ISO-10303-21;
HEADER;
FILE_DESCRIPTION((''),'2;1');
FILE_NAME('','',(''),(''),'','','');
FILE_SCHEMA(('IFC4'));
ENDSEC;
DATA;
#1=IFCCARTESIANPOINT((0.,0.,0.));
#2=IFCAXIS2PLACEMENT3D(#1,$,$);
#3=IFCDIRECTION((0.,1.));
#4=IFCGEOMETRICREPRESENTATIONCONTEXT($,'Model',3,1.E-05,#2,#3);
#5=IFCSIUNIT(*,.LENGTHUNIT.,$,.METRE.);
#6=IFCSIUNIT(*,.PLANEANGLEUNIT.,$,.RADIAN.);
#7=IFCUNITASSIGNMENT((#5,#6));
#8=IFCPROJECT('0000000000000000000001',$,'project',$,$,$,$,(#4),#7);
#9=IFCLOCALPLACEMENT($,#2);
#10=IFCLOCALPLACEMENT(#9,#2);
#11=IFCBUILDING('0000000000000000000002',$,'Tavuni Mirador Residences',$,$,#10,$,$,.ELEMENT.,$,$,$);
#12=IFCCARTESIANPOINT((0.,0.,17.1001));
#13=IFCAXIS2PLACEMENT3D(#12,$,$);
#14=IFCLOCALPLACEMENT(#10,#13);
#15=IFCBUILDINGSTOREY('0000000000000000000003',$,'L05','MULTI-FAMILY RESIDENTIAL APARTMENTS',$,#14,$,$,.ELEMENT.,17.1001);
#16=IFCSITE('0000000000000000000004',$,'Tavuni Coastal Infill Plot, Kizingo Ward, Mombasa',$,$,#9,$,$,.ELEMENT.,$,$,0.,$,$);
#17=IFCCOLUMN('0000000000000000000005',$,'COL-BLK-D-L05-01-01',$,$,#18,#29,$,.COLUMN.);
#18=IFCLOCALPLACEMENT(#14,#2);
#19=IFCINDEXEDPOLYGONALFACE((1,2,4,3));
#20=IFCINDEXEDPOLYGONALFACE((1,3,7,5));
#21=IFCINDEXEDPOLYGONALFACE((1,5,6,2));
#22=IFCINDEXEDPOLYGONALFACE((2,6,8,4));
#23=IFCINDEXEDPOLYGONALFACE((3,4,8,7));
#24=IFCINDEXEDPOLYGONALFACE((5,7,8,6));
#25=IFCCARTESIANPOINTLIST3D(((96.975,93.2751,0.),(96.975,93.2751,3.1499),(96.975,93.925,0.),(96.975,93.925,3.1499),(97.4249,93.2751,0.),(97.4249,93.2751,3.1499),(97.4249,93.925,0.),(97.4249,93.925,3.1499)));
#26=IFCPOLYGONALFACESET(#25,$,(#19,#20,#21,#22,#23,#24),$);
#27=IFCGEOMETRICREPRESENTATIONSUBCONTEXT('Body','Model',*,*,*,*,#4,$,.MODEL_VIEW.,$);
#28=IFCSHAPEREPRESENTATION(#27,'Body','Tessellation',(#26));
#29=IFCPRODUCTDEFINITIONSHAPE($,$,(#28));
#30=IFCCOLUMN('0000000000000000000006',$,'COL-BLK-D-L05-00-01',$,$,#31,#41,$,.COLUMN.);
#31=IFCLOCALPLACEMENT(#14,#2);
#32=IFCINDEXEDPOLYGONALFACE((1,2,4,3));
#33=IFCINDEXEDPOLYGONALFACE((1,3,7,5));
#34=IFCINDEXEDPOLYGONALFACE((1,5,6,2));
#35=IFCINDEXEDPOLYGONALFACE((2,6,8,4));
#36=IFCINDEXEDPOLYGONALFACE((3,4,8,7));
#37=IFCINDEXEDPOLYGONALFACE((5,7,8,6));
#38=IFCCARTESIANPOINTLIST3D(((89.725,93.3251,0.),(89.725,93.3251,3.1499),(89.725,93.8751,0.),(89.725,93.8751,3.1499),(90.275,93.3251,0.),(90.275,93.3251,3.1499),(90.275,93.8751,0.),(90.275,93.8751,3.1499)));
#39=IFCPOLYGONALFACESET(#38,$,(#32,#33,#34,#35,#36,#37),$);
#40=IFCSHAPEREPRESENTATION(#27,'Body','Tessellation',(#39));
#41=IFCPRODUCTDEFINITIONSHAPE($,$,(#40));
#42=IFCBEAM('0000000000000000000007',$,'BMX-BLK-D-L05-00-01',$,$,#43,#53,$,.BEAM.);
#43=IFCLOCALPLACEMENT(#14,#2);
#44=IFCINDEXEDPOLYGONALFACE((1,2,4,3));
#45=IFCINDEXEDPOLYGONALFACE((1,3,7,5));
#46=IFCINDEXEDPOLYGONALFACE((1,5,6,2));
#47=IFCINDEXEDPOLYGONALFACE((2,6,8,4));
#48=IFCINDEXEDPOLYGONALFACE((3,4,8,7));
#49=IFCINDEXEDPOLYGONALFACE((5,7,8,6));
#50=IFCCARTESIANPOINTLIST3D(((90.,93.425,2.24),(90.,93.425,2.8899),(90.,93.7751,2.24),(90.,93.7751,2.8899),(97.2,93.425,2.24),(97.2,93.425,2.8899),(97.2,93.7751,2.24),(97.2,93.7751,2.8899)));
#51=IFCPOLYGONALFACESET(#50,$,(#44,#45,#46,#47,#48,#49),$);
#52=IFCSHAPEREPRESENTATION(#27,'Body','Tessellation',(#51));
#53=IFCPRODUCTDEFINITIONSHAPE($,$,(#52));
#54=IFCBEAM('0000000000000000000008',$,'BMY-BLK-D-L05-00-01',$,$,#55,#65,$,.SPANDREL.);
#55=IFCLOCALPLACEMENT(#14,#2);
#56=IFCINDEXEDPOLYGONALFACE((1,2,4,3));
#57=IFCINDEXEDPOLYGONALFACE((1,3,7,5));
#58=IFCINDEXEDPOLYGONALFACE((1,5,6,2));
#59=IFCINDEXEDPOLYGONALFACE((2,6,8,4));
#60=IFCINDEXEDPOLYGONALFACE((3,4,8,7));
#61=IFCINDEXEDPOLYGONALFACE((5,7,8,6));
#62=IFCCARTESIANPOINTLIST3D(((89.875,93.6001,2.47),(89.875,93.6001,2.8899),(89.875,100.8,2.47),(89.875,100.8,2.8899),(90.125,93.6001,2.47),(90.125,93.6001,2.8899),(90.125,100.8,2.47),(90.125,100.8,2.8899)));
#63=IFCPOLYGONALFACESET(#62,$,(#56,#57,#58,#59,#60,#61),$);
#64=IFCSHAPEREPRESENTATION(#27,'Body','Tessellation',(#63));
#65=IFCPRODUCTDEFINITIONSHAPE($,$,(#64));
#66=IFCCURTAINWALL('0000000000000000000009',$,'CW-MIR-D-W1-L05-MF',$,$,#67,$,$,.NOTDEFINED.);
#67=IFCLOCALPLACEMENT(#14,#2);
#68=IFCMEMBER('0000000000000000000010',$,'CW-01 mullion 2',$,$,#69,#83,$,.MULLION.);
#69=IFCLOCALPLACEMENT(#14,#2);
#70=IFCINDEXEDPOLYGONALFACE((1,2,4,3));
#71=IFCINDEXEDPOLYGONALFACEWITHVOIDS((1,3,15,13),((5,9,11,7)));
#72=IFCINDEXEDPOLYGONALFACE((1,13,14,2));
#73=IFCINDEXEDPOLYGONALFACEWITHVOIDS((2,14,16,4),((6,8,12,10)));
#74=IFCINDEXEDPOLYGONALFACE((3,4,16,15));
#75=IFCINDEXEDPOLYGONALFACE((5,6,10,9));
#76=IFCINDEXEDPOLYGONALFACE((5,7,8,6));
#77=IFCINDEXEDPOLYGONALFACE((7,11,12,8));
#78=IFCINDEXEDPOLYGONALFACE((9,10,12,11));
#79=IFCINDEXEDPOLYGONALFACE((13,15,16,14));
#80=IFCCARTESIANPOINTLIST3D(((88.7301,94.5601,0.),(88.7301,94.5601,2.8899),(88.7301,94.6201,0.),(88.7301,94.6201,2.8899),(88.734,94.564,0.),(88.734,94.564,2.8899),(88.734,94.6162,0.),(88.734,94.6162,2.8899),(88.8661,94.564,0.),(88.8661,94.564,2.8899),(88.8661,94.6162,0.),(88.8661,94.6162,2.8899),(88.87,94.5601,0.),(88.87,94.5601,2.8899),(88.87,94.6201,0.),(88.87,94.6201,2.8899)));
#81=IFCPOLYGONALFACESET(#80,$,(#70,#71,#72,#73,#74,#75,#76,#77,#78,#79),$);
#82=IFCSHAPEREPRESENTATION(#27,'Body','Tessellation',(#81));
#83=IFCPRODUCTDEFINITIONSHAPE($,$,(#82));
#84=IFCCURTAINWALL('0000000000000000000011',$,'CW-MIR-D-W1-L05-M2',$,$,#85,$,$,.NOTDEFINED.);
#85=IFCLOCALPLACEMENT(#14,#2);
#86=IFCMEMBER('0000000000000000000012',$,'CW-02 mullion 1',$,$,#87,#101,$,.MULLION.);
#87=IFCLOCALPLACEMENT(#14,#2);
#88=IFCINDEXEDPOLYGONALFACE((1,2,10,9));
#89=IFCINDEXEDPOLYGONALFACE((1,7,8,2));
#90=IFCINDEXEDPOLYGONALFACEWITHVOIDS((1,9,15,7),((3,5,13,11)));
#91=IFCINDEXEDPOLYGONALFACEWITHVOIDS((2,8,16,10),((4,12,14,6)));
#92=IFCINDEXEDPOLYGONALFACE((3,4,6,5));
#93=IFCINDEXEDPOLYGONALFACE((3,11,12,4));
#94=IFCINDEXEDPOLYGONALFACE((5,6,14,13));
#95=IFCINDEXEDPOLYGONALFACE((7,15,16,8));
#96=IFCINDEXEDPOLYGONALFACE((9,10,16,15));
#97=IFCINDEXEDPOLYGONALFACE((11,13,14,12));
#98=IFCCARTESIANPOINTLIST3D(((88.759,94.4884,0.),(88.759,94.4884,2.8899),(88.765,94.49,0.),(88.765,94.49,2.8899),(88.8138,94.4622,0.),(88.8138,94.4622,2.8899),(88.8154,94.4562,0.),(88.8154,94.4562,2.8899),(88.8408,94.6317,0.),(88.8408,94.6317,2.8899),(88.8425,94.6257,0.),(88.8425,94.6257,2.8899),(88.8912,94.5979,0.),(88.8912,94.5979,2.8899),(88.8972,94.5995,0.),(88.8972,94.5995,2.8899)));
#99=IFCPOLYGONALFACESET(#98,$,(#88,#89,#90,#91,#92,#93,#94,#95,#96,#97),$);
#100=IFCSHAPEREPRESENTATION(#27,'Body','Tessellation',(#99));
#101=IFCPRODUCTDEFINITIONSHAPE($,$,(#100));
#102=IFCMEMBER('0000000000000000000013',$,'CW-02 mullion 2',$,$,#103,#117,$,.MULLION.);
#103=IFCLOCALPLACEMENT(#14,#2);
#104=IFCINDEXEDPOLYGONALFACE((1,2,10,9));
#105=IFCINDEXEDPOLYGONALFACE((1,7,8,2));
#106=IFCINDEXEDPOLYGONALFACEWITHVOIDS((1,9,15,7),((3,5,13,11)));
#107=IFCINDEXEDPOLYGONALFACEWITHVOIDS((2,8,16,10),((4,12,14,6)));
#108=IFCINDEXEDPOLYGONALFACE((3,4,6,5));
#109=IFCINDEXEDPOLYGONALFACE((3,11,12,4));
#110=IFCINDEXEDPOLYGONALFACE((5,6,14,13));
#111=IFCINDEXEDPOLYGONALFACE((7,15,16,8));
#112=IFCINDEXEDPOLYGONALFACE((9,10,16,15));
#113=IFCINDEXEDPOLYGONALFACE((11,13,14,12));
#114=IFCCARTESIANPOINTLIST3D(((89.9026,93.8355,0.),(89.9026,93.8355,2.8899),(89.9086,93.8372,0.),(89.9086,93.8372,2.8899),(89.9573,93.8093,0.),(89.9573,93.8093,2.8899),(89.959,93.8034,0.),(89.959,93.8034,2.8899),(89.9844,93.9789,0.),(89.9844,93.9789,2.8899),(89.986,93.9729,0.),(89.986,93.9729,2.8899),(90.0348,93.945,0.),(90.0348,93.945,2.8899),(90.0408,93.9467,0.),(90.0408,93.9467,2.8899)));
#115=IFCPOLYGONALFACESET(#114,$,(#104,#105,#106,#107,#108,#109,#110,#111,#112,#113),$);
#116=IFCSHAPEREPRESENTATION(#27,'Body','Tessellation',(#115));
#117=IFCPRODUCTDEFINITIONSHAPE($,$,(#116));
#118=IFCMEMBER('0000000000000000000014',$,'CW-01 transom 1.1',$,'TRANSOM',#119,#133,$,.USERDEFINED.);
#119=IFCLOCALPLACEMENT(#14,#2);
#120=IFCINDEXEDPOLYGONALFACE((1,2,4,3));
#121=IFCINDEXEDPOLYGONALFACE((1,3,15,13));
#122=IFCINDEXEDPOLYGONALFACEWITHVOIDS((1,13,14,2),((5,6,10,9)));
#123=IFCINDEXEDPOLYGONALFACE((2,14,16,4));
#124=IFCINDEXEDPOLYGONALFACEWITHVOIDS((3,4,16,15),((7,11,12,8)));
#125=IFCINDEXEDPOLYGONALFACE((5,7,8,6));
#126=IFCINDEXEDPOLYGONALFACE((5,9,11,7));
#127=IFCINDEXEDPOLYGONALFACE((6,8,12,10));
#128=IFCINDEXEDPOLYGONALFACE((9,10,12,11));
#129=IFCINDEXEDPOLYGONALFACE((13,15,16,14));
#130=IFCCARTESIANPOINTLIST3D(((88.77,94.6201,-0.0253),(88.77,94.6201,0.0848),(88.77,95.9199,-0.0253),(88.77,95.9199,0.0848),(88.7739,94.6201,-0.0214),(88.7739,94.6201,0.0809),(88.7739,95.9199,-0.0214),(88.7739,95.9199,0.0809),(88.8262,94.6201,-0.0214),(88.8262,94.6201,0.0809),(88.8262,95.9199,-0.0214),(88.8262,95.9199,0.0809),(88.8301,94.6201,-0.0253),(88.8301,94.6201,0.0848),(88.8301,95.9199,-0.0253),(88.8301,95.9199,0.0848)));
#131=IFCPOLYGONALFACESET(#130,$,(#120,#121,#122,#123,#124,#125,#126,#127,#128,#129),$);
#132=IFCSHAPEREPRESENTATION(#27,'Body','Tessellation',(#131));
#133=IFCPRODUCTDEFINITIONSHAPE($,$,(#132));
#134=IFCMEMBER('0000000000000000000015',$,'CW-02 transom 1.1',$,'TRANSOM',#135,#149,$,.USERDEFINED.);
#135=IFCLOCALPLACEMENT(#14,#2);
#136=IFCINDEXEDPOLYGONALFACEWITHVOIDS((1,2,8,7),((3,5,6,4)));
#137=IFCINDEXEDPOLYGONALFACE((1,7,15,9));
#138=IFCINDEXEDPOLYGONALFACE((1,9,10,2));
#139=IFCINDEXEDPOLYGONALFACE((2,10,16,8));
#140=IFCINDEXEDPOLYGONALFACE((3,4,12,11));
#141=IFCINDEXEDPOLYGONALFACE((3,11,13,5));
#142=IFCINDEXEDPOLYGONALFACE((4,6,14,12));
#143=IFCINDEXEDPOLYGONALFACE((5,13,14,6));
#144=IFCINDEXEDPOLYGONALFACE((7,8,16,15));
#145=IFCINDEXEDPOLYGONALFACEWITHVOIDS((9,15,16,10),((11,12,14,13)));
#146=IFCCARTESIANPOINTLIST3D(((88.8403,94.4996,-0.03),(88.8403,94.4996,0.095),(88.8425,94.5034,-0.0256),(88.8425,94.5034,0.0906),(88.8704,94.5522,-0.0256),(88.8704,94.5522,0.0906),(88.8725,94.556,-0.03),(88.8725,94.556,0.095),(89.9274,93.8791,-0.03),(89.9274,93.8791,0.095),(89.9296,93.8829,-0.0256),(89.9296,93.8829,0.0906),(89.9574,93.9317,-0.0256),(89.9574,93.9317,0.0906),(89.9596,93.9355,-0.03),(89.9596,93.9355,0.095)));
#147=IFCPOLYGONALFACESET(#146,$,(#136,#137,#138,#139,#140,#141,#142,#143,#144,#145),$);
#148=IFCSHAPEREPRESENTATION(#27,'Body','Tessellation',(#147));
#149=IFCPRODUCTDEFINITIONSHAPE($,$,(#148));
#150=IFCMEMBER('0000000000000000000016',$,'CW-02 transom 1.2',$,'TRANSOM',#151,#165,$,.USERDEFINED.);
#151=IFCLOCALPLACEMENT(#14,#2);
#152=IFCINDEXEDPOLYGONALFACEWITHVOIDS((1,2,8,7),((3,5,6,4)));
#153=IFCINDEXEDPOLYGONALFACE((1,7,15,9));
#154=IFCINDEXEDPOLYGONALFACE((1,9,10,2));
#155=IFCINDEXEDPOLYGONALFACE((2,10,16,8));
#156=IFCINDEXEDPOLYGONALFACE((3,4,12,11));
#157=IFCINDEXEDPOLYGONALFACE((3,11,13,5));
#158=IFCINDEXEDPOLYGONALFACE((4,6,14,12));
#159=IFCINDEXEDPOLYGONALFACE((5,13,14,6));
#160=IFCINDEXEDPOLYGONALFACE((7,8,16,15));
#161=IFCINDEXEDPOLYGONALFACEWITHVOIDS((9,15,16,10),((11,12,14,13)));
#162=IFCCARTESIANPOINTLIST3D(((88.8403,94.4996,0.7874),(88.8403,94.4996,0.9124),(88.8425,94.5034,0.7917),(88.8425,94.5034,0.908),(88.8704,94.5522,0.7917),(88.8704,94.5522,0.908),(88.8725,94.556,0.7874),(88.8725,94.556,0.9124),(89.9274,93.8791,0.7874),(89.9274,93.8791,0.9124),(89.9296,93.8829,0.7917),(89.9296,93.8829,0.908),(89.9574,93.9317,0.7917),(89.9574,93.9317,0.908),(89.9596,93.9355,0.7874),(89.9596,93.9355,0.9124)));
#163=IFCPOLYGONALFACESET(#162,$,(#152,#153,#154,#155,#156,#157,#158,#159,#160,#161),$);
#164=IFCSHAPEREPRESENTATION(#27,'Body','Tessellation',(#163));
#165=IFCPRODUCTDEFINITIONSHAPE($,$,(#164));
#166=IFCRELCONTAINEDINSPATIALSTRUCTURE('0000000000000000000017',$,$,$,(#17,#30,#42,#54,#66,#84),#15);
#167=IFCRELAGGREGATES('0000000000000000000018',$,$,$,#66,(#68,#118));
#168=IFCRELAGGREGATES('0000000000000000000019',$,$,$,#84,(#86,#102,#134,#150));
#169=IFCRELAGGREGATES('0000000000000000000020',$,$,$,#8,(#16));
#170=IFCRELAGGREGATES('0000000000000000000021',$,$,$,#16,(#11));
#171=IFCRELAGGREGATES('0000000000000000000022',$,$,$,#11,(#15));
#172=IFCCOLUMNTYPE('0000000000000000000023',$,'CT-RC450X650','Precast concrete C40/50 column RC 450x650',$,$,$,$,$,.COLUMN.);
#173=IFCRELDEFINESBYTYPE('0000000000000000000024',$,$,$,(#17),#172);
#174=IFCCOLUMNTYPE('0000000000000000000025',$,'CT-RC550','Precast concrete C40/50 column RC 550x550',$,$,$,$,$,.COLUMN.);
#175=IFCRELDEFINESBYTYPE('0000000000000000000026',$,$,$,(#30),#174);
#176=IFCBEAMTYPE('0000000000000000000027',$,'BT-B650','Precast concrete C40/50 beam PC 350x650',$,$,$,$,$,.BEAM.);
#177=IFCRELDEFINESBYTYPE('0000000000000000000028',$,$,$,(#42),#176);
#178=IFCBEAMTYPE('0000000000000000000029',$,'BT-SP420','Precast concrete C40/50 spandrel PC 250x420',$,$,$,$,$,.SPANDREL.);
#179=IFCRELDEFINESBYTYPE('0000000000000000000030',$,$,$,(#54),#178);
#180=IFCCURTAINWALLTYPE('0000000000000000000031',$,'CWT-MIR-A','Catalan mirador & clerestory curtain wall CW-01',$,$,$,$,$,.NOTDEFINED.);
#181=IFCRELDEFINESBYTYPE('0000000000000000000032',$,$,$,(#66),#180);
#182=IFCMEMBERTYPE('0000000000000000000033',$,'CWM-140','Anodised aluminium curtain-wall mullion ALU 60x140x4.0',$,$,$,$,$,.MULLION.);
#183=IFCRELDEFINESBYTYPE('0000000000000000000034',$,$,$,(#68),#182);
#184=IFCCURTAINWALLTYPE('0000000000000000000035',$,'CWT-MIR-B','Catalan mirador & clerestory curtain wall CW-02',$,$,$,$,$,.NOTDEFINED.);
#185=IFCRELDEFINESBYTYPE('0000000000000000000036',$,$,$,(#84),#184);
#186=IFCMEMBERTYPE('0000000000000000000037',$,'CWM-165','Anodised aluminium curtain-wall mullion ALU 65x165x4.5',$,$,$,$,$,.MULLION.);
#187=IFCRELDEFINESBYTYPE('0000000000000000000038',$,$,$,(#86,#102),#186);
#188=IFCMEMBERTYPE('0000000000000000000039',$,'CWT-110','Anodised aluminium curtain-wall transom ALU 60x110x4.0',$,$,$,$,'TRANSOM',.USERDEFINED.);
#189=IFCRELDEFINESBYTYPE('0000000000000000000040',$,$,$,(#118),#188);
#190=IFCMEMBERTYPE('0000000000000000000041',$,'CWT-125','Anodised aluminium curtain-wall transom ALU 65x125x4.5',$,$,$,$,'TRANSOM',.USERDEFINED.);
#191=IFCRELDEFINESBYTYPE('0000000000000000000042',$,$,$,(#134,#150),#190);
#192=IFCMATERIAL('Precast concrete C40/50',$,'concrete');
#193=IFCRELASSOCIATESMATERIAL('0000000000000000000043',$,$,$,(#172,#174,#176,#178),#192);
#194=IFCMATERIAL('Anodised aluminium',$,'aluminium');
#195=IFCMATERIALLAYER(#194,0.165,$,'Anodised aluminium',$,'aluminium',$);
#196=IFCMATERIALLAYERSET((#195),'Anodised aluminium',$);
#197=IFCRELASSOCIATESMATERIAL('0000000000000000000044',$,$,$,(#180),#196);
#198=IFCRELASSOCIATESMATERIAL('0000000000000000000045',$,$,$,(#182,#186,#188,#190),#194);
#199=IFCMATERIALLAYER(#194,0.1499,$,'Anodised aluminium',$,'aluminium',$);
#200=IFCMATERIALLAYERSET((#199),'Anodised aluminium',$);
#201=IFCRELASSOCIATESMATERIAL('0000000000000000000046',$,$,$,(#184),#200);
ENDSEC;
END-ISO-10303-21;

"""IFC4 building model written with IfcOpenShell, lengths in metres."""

from ifc_helpers import new_model, si_unit, direction, frame, origin, origin_2d, place, context, subcontext, project, spatial, rectangle, hollow_rectangle, extrude, material, layer, layer_set, material_profile, profile_set, type_object, element, aggregate, save


model = new_model("IFC4")

# Units and contexts
model_context = context("Model", 3, precision=1e-05, world=origin(), true_north=direction((0.0, 1.0)))
body_context = subcontext(model_context, "Body", "Model", "MODEL_VIEW")
ifc_project = project(units=[si_unit("LENGTHUNIT", "METRE"), si_unit("PLANEANGLEUNIT", "RADIAN")], contexts=[model_context])

# Site, building, storey
site_placement = place(None, origin())
site = spatial("IfcSite", under=ifc_project, at=site_placement, Name="Tavuni Coastal Infill Plot, Kizingo Ward, Mombasa", CompositionType="ELEMENT", RefElevation=0.0)
building_placement = place(site_placement, origin())
building = spatial("IfcBuilding", under=site, at=building_placement, Name="Tavuni Mirador Residences", CompositionType="ELEMENT")
storey_placement = place(building_placement, frame((0.0, 0.0, 17.1001)))
storey = spatial("IfcBuildingStorey", under=building, at=storey_placement, Name="L05", Description="MULTI-FAMILY RESIDENTIAL APARTMENTS", CompositionType="ELEMENT", Elevation=17.1001)

# Columns
ifc_material_1 = material(Name="Precast concrete C40/50", Category="concrete")
ifc_material_profile_1 = material_profile(ifc_material_1, rectangle(XDim=0.45, YDim=0.6499, at=origin_2d()), Name="RC 450x650", Category="concrete")
ifc_profile_set_1 = profile_set([ifc_material_profile_1], Name="Precast concrete C40/50")
column_type_1 = type_object("IfcColumnType", Name="CT-RC450X650", Description="Precast concrete C40/50 column RC 450x650", PredefinedType="COLUMN", material=ifc_profile_set_1)
column_1_placement = place(storey_placement, frame((97.2, 93.6001, 0.0), z_axis=(0.0, 0.0, 1.0), x_axis=(1.0, 0.0, 0.0)))
element("IfcColumn", 1, at=column_1_placement, inside=storey, type_object=column_type_1, Name="COL-BLK-D-L05-01-01", PredefinedType="COLUMN", context=body_context, shape_type="SweptSolid", body=[
    extrude(rectangle(XDim=0.45, YDim=0.6499, at=origin_2d()), origin(), (0.0, 0.0, 1.0), 3.1499),
])
ifc_material_profile_2 = material_profile(ifc_material_1, rectangle(XDim=0.55, YDim=0.55, at=origin_2d()), Name="RC 550x550", Category="concrete")
ifc_profile_set_2 = profile_set([ifc_material_profile_2], Name="Precast concrete C40/50")
column_type_2 = type_object("IfcColumnType", Name="CT-RC550", Description="Precast concrete C40/50 column RC 550x550", PredefinedType="COLUMN", material=ifc_profile_set_2)
column_2_placement = place(storey_placement, frame((90.0, 93.6001, 0.0), z_axis=(0.0, 0.0, 1.0), x_axis=(1.0, 0.0, 0.0)))
element("IfcColumn", 2, at=column_2_placement, inside=storey, type_object=column_type_2, Name="COL-BLK-D-L05-00-01", PredefinedType="COLUMN", context=body_context, shape_type="SweptSolid", body=[
    extrude(rectangle(XDim=0.55, YDim=0.55, at=origin_2d()), origin(), (0.0, 0.0, 1.0), 3.1499),
])

# Beams
ifc_material_profile_3 = material_profile(ifc_material_1, rectangle(XDim=0.3501, YDim=0.6499, at=origin_2d()), Name="PC 350x650", Category="concrete")
ifc_profile_set_3 = profile_set([ifc_material_profile_3], Name="Precast concrete C40/50")
beam_type_1 = type_object("IfcBeamType", Name="BT-B650", Description="Precast concrete C40/50 beam PC 350x650", PredefinedType="BEAM", material=ifc_profile_set_3)
beam_1_placement = place(storey_placement, frame((90.0, 93.6001, 2.5649), z_axis=(1.0, 0.0, 0.0), x_axis=(0.0, 1.0, 0.0)))
element("IfcBeam", 3, at=beam_1_placement, inside=storey, type_object=beam_type_1, Name="BMX-BLK-D-L05-00-01", PredefinedType="BEAM", context=body_context, shape_type="SweptSolid", body=[
    extrude(rectangle(XDim=0.3501, YDim=0.6499, at=origin_2d()), origin(), (0.0, 0.0, 1.0), 7.2),
])
ifc_material_profile_4 = material_profile(ifc_material_1, rectangle(XDim=0.25, YDim=0.4199, at=origin_2d()), Name="PC 250x420", Category="concrete")
ifc_profile_set_4 = profile_set([ifc_material_profile_4], Name="Precast concrete C40/50")
beam_type_2 = type_object("IfcBeamType", Name="BT-SP420", Description="Precast concrete C40/50 spandrel PC 250x420", PredefinedType="SPANDREL", material=ifc_profile_set_4)
beam_2_placement = place(storey_placement, frame((90.0, 93.6001, 2.6799), z_axis=(0.0, 1.0, 0.0), x_axis=(-1.0, 0.0, 0.0)))
element("IfcBeam", 4, at=beam_2_placement, inside=storey, type_object=beam_type_2, Name="BMY-BLK-D-L05-00-01", PredefinedType="SPANDREL", context=body_context, shape_type="SweptSolid", body=[
    extrude(rectangle(XDim=0.25, YDim=0.4199, at=origin_2d()), origin(), (0.0, 0.0, 1.0), 7.2),
])

# Curtain wall, member
ifc_material_2 = material(Name="Anodised aluminium", Category="aluminium")
ifc_layer_1 = layer(ifc_material_2, 0.165, Name="Anodised aluminium", Category="aluminium")
ifc_layer_set_1 = layer_set([ifc_layer_1], Name="Anodised aluminium")
curtain_wall_type_1 = type_object("IfcCurtainWallType", Name="CWT-MIR-A", Description="Catalan mirador & clerestory curtain wall CW-01", PredefinedType="NOTDEFINED", material=ifc_layer_set_1)
curtain_wall_1_placement = place(storey_placement, origin())
curtain_wall_1 = element("IfcCurtainWall", 5, at=curtain_wall_1_placement, inside=storey, type_object=curtain_wall_type_1, Name="CW-MIR-D-W1-L05-MF", PredefinedType="NOTDEFINED")
ifc_material_profile_5 = material_profile(ifc_material_2, hollow_rectangle(XDim=0.0601, YDim=0.1399, WallThickness=0.0039, at=origin_2d()), Name="ALU 60x140x4.0", Category="aluminium")
ifc_profile_set_5 = profile_set([ifc_material_profile_5], Name="Anodised aluminium")
member_type_1 = type_object("IfcMemberType", Name="CWM-140", Description="Anodised aluminium curtain-wall mullion ALU 60x140x4.0", PredefinedType="MULLION", material=ifc_profile_set_5)
member_1_placement = place(storey_placement, frame((88.8, 94.5901, 0.0), z_axis=(0.0, 0.0, 1.0), x_axis=(0.0, -1.0, 0.0)))
member_1 = element("IfcMember", 6, at=member_1_placement, type_object=member_type_1, Name="CW-01 mullion 2", PredefinedType="MULLION", context=body_context, shape_type="SweptSolid", body=[
    extrude(hollow_rectangle(XDim=0.0601, YDim=0.1399, WallThickness=0.0039, at=origin_2d()), origin(), (0.0, 0.0, 1.0), 2.8899),
])

# Curtain wall, members
ifc_layer_2 = layer(ifc_material_2, 0.1499, Name="Anodised aluminium", Category="aluminium")
ifc_layer_set_2 = layer_set([ifc_layer_2], Name="Anodised aluminium")
curtain_wall_type_2 = type_object("IfcCurtainWallType", Name="CWT-MIR-B", Description="Catalan mirador & clerestory curtain wall CW-02", PredefinedType="NOTDEFINED", material=ifc_layer_set_2)
curtain_wall_2_placement = place(storey_placement, origin())
curtain_wall_2 = element("IfcCurtainWall", 7, at=curtain_wall_2_placement, inside=storey, type_object=curtain_wall_type_2, Name="CW-MIR-D-W1-L05-M2", PredefinedType="NOTDEFINED")
ifc_material_profile_6 = material_profile(ifc_material_2, hollow_rectangle(XDim=0.0649, YDim=0.165, WallThickness=0.0044, at=origin_2d()), Name="ALU 65x165x4.5", Category="aluminium")
ifc_profile_set_6 = profile_set([ifc_material_profile_6], Name="Anodised aluminium")
member_type_2 = type_object("IfcMemberType", Name="CWM-165", Description="Anodised aluminium curtain-wall mullion ALU 65x165x4.5", PredefinedType="MULLION", material=ifc_profile_set_6)
member_2_placement = place(storey_placement, frame((88.8281, 94.5439, 0.0), z_axis=(0.0, 0.0, 1.0), x_axis=(0.868466, -0.495749, 0.0)))
member_2 = element("IfcMember", 8, at=member_2_placement, type_object=member_type_2, Name="CW-02 mullion 1", PredefinedType="MULLION", context=body_context, shape_type="SweptSolid", body=[
    extrude(hollow_rectangle(XDim=0.0649, YDim=0.165, WallThickness=0.0044, at=origin_2d()), origin(), (0.0, 0.0, 1.0), 2.8899),
])
member_3_placement = place(storey_placement, frame((89.9717, 93.8911, 0.0), z_axis=(0.0, 0.0, 1.0), x_axis=(0.868466, -0.495749, 0.0)))
member_3 = element("IfcMember", 9, at=member_3_placement, type_object=member_type_2, Name="CW-02 mullion 2", PredefinedType="MULLION", context=body_context, shape_type="SweptSolid", body=[
    extrude(hollow_rectangle(XDim=0.0649, YDim=0.165, WallThickness=0.0044, at=origin_2d()), origin(), (0.0, 0.0, 1.0), 2.8899),
])

# Members
ifc_material_profile_7 = material_profile(ifc_material_2, hollow_rectangle(XDim=0.0601, YDim=0.1101, WallThickness=0.0039, at=origin_2d()), Name="ALU 60x110x4.0", Category="aluminium")
ifc_profile_set_7 = profile_set([ifc_material_profile_7], Name="Anodised aluminium")
member_type_3 = type_object("IfcMemberType", Name="CWT-110", Description="Anodised aluminium curtain-wall transom ALU 60x110x4.0", ElementType="TRANSOM", PredefinedType="USERDEFINED", material=ifc_profile_set_7)
member_4_placement = place(storey_placement, frame((88.8, 95.9199, 0.0298), z_axis=(0.0, -1.0, 0.0), x_axis=(1.0, 0.0, 0.0)))
member_4 = element("IfcMember", 10, at=member_4_placement, type_object=member_type_3, Name="CW-01 transom 1.1", ObjectType="TRANSOM", PredefinedType="USERDEFINED", context=body_context, shape_type="SweptSolid", body=[
    extrude(hollow_rectangle(XDim=0.0601, YDim=0.1101, WallThickness=0.0039, at=origin_2d()), origin(), (0.0, 0.0, 1.0), 1.2998),
])
ifc_material_profile_8 = material_profile(ifc_material_2, hollow_rectangle(XDim=0.0649, YDim=0.125, WallThickness=0.0044, at=origin_2d()), Name="ALU 65x125x4.5", Category="aluminium")
ifc_profile_set_8 = profile_set([ifc_material_profile_8], Name="Anodised aluminium")
member_type_4 = type_object("IfcMemberType", Name="CWT-125", Description="Anodised aluminium curtain-wall transom ALU 65x125x4.5", ElementType="TRANSOM", PredefinedType="USERDEFINED", material=ifc_profile_set_8)
member_5_placement = place(storey_placement, frame((88.8564, 94.5278, 0.0325), z_axis=(0.868459, -0.495761, 0.0), x_axis=(0.495761, 0.868459, 0.0)))
member_5 = element("IfcMember", 11, at=member_5_placement, type_object=member_type_4, Name="CW-02 transom 1.1", ObjectType="TRANSOM", PredefinedType="USERDEFINED", context=body_context, shape_type="SweptSolid", body=[
    extrude(hollow_rectangle(XDim=0.0649, YDim=0.125, WallThickness=0.0044, at=origin_2d()), origin(), (0.0, 0.0, 1.0), 1.2517),
])
member_6_placement = place(storey_placement, frame((88.8564, 94.5278, 0.8499), z_axis=(0.868459, -0.495761, 0.0), x_axis=(0.495761, 0.868459, 0.0)))
member_6 = element("IfcMember", 12, at=member_6_placement, type_object=member_type_4, Name="CW-02 transom 1.2", ObjectType="TRANSOM", PredefinedType="USERDEFINED", context=body_context, shape_type="SweptSolid", body=[
    extrude(hollow_rectangle(XDim=0.0649, YDim=0.125, WallThickness=0.0044, at=origin_2d()), origin(), (0.0, 0.0, 1.0), 1.2517),
])

aggregate(curtain_wall_1, [member_1, member_4])
aggregate(curtain_wall_2, [member_2, member_3, member_5, member_6])

save(model, "model.ifc")
